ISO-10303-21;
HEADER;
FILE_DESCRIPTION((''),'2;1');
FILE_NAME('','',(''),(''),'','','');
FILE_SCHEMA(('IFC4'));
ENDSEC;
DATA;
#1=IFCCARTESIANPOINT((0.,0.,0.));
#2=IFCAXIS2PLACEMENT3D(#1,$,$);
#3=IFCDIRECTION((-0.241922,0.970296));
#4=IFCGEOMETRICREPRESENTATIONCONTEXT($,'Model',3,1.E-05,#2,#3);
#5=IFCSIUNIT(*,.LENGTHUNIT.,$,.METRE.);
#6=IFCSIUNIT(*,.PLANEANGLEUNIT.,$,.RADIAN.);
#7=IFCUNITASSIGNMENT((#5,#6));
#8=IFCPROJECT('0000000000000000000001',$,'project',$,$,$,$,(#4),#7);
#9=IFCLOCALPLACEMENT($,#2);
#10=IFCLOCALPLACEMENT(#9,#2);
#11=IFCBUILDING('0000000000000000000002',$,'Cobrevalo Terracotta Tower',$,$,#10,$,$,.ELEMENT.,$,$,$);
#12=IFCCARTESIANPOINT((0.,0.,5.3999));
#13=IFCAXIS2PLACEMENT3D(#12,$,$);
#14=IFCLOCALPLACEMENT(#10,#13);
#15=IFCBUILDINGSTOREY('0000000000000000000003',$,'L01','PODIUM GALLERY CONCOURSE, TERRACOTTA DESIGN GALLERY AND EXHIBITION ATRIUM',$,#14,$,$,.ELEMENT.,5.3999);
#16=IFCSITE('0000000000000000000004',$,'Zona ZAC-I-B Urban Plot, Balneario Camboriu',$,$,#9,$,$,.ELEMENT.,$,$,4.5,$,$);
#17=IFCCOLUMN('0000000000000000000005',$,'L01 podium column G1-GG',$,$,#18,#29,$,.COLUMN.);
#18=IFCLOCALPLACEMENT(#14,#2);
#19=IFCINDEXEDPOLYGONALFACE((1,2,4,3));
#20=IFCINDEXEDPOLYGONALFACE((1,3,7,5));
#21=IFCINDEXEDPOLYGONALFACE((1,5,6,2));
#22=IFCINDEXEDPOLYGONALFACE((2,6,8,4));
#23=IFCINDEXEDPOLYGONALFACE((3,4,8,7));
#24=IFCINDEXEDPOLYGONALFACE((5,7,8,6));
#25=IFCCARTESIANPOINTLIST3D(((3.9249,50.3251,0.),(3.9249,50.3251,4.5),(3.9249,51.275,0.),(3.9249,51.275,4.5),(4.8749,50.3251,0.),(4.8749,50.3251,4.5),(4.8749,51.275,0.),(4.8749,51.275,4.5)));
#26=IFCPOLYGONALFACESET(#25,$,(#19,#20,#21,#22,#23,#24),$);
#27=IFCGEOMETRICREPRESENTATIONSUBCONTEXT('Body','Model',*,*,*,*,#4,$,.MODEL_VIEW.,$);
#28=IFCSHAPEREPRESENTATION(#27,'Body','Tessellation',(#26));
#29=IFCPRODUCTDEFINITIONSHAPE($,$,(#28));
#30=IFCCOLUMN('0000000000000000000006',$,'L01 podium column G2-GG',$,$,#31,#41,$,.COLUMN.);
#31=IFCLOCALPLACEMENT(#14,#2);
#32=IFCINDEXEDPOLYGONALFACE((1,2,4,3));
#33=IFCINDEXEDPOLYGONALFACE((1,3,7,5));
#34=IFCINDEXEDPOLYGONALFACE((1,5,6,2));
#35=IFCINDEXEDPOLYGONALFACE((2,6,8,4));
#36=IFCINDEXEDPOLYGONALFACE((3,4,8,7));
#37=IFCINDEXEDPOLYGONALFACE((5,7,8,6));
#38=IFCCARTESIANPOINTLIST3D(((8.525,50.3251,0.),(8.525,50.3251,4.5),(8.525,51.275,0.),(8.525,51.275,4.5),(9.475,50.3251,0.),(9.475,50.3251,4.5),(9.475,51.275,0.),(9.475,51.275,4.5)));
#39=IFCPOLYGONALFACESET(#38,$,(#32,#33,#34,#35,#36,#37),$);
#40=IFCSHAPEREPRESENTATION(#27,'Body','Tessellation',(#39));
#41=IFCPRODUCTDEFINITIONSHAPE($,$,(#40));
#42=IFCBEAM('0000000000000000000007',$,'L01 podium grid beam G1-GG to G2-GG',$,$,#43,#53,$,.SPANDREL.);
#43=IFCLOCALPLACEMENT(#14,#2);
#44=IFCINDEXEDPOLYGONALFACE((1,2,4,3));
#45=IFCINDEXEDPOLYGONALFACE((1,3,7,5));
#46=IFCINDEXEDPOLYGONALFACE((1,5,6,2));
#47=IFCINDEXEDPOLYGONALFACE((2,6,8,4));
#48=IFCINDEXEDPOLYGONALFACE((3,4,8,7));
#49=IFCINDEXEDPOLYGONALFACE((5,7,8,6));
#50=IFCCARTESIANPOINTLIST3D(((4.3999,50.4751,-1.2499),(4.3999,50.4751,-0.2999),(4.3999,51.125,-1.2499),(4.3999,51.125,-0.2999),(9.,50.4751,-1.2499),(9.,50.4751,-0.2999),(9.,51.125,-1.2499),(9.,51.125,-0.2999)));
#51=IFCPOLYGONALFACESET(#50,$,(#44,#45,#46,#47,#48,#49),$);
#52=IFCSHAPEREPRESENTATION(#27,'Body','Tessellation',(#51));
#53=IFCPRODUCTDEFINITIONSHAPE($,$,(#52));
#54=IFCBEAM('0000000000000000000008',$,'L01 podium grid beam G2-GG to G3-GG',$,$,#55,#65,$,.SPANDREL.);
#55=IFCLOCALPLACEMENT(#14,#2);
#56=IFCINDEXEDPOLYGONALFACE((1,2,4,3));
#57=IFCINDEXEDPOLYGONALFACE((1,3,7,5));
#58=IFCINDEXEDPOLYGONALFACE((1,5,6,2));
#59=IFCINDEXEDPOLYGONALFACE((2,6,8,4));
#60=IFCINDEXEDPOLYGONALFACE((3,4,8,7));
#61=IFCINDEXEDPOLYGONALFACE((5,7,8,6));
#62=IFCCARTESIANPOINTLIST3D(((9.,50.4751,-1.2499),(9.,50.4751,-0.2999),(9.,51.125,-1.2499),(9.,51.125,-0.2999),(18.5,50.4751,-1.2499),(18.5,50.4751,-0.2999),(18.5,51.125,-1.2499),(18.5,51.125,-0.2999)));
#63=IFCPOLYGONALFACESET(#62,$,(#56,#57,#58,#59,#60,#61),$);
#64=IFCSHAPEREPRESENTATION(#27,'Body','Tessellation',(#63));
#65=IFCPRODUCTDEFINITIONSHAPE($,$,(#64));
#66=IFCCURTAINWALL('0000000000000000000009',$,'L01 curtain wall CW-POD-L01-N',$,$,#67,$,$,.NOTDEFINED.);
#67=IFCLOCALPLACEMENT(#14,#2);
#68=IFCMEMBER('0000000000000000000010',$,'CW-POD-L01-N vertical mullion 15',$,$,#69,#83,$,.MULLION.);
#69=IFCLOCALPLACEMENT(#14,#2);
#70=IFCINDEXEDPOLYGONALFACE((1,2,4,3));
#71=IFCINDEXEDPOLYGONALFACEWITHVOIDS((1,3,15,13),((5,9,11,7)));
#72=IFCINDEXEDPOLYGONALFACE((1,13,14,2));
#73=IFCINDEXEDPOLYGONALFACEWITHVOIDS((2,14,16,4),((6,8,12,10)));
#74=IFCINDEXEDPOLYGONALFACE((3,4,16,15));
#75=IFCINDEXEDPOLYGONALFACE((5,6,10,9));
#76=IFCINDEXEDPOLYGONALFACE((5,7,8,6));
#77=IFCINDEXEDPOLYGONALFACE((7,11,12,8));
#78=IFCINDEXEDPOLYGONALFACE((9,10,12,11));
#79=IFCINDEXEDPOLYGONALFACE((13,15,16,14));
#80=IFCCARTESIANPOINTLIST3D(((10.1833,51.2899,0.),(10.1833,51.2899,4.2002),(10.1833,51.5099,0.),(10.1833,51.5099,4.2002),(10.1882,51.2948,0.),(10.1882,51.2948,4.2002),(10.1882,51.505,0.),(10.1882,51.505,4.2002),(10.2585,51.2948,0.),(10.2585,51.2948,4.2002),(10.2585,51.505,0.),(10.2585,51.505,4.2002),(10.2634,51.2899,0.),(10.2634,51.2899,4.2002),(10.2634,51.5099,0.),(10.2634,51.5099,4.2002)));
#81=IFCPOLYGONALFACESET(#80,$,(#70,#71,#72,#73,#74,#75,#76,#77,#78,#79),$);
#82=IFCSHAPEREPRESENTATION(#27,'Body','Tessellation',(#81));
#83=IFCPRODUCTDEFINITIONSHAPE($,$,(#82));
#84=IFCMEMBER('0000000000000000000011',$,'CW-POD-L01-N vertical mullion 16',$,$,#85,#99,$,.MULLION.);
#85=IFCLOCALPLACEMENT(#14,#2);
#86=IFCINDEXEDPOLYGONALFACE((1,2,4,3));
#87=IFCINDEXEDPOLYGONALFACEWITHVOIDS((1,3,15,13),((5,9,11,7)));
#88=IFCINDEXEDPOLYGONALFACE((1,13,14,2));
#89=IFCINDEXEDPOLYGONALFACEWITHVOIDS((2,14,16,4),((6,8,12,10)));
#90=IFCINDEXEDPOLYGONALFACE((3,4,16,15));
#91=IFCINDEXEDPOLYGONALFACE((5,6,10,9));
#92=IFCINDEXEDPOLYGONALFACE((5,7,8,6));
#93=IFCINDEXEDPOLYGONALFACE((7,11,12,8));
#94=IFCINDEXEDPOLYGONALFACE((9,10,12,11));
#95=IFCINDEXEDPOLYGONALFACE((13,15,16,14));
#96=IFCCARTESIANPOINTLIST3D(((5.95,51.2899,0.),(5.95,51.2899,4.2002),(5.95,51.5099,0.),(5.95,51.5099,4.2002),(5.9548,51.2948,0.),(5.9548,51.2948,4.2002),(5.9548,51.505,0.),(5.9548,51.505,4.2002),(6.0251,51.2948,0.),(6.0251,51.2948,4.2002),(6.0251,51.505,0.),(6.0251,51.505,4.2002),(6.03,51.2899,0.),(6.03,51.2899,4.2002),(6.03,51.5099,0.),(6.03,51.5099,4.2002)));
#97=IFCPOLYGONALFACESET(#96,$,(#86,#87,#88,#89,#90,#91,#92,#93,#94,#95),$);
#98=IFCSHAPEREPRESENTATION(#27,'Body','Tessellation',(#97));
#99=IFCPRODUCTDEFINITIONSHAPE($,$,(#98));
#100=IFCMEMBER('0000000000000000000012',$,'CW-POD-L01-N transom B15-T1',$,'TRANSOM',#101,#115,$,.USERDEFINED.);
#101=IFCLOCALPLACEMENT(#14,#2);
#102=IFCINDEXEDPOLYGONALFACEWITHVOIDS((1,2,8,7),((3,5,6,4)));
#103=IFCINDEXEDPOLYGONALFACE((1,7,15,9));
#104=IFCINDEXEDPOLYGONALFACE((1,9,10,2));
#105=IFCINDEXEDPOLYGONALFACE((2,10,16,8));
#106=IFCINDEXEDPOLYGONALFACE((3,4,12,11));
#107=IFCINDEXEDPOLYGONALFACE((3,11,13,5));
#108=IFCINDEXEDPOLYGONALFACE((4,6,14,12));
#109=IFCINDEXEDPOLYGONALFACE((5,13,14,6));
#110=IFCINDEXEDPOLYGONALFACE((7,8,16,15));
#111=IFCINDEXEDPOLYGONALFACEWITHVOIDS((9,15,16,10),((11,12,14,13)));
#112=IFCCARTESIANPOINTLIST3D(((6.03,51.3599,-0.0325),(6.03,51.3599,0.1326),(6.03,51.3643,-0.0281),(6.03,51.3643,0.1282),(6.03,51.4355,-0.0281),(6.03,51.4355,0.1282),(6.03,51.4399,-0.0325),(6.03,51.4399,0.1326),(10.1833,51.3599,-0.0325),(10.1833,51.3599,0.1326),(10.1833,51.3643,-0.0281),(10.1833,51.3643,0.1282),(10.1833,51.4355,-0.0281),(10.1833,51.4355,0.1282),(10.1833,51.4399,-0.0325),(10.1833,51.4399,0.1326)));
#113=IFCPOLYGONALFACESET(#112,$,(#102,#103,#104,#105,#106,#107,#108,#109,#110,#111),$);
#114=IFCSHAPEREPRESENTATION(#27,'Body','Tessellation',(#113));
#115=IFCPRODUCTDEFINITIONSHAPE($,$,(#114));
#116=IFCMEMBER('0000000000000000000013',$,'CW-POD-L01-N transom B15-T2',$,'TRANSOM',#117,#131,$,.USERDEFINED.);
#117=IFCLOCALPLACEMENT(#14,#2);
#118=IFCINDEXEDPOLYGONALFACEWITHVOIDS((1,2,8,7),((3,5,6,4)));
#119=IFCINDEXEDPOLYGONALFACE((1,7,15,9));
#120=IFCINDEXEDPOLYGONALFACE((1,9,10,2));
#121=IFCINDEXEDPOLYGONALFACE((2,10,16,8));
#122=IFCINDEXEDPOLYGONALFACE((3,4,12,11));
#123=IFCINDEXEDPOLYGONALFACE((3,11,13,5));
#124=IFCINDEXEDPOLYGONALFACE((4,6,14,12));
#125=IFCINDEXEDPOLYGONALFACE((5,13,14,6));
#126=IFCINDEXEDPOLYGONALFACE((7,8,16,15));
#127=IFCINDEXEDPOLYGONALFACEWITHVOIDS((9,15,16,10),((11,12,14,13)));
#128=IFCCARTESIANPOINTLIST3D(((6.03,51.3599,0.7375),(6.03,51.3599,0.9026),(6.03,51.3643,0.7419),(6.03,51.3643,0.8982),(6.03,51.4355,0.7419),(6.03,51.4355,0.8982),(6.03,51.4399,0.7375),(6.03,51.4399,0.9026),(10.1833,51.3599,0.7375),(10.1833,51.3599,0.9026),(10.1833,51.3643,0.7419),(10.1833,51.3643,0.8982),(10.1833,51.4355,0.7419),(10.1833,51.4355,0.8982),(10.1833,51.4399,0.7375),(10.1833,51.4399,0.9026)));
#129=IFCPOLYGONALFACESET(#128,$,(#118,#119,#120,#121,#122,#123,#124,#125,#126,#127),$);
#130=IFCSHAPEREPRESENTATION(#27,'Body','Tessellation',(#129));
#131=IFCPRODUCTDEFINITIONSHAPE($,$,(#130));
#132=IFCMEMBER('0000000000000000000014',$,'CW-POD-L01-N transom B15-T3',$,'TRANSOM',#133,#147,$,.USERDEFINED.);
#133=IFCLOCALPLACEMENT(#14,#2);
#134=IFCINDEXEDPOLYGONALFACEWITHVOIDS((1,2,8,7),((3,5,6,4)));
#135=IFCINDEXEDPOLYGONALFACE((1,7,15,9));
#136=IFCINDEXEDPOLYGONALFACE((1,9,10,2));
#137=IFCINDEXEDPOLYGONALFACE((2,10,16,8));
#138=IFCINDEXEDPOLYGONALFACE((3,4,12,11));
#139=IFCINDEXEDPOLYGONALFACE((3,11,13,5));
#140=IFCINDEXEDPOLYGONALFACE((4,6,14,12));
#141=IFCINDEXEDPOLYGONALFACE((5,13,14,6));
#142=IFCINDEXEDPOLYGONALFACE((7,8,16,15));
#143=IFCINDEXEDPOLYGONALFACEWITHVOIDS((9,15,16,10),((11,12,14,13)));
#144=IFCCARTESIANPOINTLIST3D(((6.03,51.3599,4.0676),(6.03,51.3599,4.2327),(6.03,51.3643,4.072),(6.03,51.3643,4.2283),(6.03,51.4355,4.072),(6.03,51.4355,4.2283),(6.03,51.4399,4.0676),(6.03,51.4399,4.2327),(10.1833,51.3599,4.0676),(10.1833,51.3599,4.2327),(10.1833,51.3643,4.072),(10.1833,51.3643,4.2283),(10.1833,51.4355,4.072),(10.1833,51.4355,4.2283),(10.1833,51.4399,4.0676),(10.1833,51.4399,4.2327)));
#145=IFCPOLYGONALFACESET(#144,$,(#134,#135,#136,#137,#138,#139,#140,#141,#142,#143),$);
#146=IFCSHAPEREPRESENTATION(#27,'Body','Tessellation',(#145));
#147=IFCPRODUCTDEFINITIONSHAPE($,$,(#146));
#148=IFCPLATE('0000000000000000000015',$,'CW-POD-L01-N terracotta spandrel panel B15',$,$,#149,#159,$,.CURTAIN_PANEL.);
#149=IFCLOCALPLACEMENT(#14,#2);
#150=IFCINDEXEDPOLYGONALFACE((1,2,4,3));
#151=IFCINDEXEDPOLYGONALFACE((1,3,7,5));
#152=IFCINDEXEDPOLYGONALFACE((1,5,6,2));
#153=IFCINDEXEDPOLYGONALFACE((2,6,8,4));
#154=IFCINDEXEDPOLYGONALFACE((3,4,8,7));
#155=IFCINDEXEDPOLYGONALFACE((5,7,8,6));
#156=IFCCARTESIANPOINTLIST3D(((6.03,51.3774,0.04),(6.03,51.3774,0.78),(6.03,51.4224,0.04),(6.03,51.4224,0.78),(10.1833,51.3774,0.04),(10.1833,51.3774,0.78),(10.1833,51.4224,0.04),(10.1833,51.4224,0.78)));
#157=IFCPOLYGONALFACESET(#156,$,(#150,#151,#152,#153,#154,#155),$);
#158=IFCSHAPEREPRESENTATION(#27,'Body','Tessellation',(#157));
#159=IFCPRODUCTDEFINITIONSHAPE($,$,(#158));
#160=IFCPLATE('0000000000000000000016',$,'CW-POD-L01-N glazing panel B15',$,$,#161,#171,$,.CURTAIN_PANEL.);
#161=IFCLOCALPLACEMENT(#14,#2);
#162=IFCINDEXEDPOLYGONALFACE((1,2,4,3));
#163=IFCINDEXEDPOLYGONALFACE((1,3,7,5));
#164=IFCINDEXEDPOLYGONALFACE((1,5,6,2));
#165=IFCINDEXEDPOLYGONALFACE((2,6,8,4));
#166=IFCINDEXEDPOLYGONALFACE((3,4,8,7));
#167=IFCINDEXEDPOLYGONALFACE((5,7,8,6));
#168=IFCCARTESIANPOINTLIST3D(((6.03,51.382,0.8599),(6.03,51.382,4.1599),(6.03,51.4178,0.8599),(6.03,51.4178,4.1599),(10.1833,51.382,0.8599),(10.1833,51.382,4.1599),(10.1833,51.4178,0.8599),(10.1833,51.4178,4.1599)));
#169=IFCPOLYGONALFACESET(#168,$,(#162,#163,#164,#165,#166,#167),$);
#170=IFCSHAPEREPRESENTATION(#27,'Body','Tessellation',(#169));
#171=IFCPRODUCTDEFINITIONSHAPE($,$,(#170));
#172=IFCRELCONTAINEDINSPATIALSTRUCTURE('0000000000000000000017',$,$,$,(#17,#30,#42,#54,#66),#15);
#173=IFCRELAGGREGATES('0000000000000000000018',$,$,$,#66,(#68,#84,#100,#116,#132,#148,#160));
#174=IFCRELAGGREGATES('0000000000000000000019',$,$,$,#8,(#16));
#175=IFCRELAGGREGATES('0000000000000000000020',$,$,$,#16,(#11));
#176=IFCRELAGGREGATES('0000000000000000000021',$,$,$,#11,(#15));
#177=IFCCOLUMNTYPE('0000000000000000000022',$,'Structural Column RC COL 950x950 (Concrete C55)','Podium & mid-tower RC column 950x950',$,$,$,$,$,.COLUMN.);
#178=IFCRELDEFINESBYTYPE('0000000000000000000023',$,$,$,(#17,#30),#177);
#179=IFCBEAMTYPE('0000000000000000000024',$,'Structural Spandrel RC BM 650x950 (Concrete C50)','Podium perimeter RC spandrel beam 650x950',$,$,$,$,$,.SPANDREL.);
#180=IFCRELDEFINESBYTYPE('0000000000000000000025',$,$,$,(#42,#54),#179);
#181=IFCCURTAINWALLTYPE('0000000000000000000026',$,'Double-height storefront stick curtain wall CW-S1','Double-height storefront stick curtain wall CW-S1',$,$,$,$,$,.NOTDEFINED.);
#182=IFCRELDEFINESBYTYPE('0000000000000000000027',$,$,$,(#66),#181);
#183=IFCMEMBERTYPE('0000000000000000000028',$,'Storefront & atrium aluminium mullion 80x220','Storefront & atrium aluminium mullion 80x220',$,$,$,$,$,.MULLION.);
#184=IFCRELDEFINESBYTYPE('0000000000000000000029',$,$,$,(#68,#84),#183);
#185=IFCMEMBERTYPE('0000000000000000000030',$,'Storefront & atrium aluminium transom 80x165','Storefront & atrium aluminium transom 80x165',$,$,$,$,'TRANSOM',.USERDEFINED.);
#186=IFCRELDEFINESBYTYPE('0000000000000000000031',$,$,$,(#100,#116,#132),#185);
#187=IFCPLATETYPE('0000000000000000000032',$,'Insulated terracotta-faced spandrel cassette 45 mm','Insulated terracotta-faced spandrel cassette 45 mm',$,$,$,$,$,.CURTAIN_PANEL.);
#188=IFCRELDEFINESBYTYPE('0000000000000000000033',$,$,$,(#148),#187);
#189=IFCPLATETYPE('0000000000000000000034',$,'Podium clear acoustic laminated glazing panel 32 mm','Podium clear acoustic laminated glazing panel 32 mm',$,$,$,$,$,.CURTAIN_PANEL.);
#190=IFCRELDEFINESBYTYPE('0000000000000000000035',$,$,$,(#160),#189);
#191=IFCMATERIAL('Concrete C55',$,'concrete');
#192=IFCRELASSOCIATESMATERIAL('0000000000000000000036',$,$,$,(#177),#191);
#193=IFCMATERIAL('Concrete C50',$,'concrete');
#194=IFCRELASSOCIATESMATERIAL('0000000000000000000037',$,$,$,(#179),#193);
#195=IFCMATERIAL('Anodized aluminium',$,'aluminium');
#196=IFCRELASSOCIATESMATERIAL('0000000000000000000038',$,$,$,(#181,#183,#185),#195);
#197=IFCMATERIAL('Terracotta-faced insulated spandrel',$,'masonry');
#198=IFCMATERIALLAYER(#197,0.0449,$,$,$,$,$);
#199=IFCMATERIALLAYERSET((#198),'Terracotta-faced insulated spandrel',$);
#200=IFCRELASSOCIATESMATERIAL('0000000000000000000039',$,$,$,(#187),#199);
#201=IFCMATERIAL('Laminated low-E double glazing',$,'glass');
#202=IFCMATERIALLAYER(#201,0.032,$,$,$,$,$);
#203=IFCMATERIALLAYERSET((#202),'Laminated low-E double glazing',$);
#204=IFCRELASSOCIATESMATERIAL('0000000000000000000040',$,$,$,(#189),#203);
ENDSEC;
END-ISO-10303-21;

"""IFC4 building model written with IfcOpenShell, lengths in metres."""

from ifc_helpers import new_model, si_unit, direction, frame, origin, origin_2d, place, context, subcontext, project, spatial, rectangle, hollow_rectangle, extrude, source, transform, mapped, material, layer, layer_set, material_profile, profile_set, type_object, element, aggregate, save


model = new_model("IFC4")

# Units and contexts
model_context = context("Model", 3, precision=1e-05, world=origin(), true_north=direction((-0.241922, 0.970296)))
body_context = subcontext(model_context, "Body", "Model", "MODEL_VIEW")
ifc_project = project(units=[si_unit("LENGTHUNIT", "METRE"), si_unit("PLANEANGLEUNIT", "RADIAN")], contexts=[model_context])

# Site, building, storey
site_placement = place(None, origin())
site = spatial("IfcSite", under=ifc_project, at=site_placement, Name="Zona ZAC-I-B Urban Plot, Balneario Camboriu", CompositionType="ELEMENT", RefElevation=4.5)
building_placement = place(site_placement, origin())
building = spatial("IfcBuilding", under=site, at=building_placement, Name="Cobrevalo Terracotta Tower", CompositionType="ELEMENT")
storey_placement = place(building_placement, frame((0.0, 0.0, 5.3999)))
storey = spatial("IfcBuildingStorey", under=building, at=storey_placement, Name="L01", Description="PODIUM GALLERY CONCOURSE, TERRACOTTA DESIGN GALLERY AND EXHIBITION ATRIUM", CompositionType="ELEMENT", Elevation=5.3999)

# Columns
ifc_material_1 = material(Name="Concrete C55", Category="concrete")
ifc_material_profile_1 = material_profile(ifc_material_1, rectangle(XDim=0.95, YDim=0.95, at=origin_2d()), Name="RC COL 950x950")
ifc_profile_set_1 = profile_set([ifc_material_profile_1], Name="Concrete C55")
column_type = type_object("IfcColumnType", Name="Structural Column RC COL 950x950 (Concrete C55)", Description="Podium & mid-tower RC column 950x950", PredefinedType="COLUMN", material=ifc_profile_set_1)
for number, where, z_axis, x_axis, name in (
    (1, (4.3999, 50.8, 0.0), (0.0, 0.0, 1.0), (1.0, 0.0, 0.0), "L01 podium column G1-GG"),
    (2, (9.0, 50.8, 0.0), (0.0, 0.0, 1.0), (1.0, 0.0, 0.0), "L01 podium column G2-GG"),
):
    element("IfcColumn", number, at=place(storey_placement, frame(where, z_axis=z_axis, x_axis=x_axis)), inside=storey, type_object=column_type, Name=name, PredefinedType="COLUMN", context=body_context, shape_type="SweptSolid", body=[
        extrude(rectangle(XDim=0.95, YDim=0.95, at=origin_2d()), origin(), (0.0, 0.0, 1.0), 4.5),
    ])

# Beams
ifc_material_2 = material(Name="Concrete C50", Category="concrete")
ifc_material_profile_2 = material_profile(ifc_material_2, rectangle(XDim=0.6499, YDim=0.95, at=origin_2d()), Name="RC BM 650x950")
ifc_profile_set_2 = profile_set([ifc_material_profile_2], Name="Concrete C50")
beam_type = type_object("IfcBeamType", Name="Structural Spandrel RC BM 650x950 (Concrete C50)", Description="Podium perimeter RC spandrel beam 650x950", PredefinedType="SPANDREL", material=ifc_profile_set_2)
beam_1_placement = place(storey_placement, frame((4.3999, 50.8, -0.7749), z_axis=(1.0, 0.0, 0.0), x_axis=(0.0, 1.0, 0.0)))
element("IfcBeam", 3, at=beam_1_placement, inside=storey, type_object=beam_type, Name="L01 podium grid beam G1-GG to G2-GG", PredefinedType="SPANDREL", context=body_context, shape_type="SweptSolid", body=[
    extrude(rectangle(XDim=0.6499, YDim=0.95, at=origin_2d()), origin(), (0.0, 0.0, 1.0), 4.6001),
])
beam_2_placement = place(storey_placement, frame((9.0, 50.8, -0.7749), z_axis=(1.0, 0.0, 0.0), x_axis=(0.0, 1.0, 0.0)))
element("IfcBeam", 4, at=beam_2_placement, inside=storey, type_object=beam_type, Name="L01 podium grid beam G2-GG to G3-GG", PredefinedType="SPANDREL", context=body_context, shape_type="SweptSolid", body=[
    extrude(rectangle(XDim=0.6499, YDim=0.95, at=origin_2d()), origin(), (0.0, 0.0, 1.0), 9.5),
])

# Curtain wall, members, plates
ifc_material_3 = material(Name="Anodized aluminium", Category="aluminium")
curtain_wall_type = type_object("IfcCurtainWallType", Name="Double-height storefront stick curtain wall CW-S1", Description="Double-height storefront stick curtain wall CW-S1", PredefinedType="NOTDEFINED", material=ifc_material_3)
curtain_wall_placement = place(storey_placement, origin())
curtain_wall = element("IfcCurtainWall", 5, at=curtain_wall_placement, inside=storey, type_object=curtain_wall_type, Name="L01 curtain wall CW-POD-L01-N", PredefinedType="NOTDEFINED")
ifc_material_profile_3 = material_profile(ifc_material_3, hollow_rectangle(XDim=0.0801, YDim=0.22, WallThickness=0.0049, at=origin_2d()), Name="CWM 80x220")
ifc_profile_set_3 = profile_set([ifc_material_profile_3], Name="Anodized aluminium")
member_type_1 = type_object("IfcMemberType", Name="Storefront & atrium aluminium mullion 80x220", Description="Storefront & atrium aluminium mullion 80x220", PredefinedType="MULLION", material=ifc_profile_set_3)
shared_shape_1 = source(origin(), body_context, "Body", "SweptSolid", [
    extrude(hollow_rectangle(XDim=0.0801, YDim=0.22, WallThickness=0.0049, at=origin_2d()), origin(), (0.0, 0.0, 1.0), 4.2002),
])
member_1_placement = place(storey_placement, frame((10.2234, 51.3999, 0.0), z_axis=(0.0, 0.0, 1.0), x_axis=(-1.0, 0.0, 0.0)))
member_1 = element("IfcMember", 6, at=member_1_placement, type_object=member_type_1, Name="CW-POD-L01-N vertical mullion 15", PredefinedType="MULLION", context=body_context, shape_type="MappedRepresentation", body=[
    mapped(shared_shape_1, transform((0.0, 0.0, 0.0), scale=1.0)),
])
member_2_placement = place(storey_placement, frame((5.99, 51.3999, 0.0), z_axis=(0.0, 0.0, 1.0), x_axis=(-1.0, 0.0, 0.0)))
member_2 = element("IfcMember", 7, at=member_2_placement, type_object=member_type_1, Name="CW-POD-L01-N vertical mullion 16", PredefinedType="MULLION", context=body_context, shape_type="MappedRepresentation", body=[
    mapped(shared_shape_1, transform((0.0, 0.0, 0.0), scale=1.0)),
])
ifc_material_profile_4 = material_profile(ifc_material_3, hollow_rectangle(XDim=0.0801, YDim=0.165, WallThickness=0.0044, at=origin_2d()), Name="CWT 80x165")
ifc_profile_set_4 = profile_set([ifc_material_profile_4], Name="Anodized aluminium")
member_type_2 = type_object("IfcMemberType", Name="Storefront & atrium aluminium transom 80x165", Description="Storefront & atrium aluminium transom 80x165", ElementType="TRANSOM", PredefinedType="USERDEFINED", material=ifc_profile_set_4)
shared_shape_2 = source(origin(), body_context, "Body", "SweptSolid", [
    extrude(hollow_rectangle(XDim=0.0801, YDim=0.165, WallThickness=0.0044, at=origin_2d()), origin(), (0.0, 0.0, 1.0), 4.1533),
])
member_3_placement = place(storey_placement, frame((10.1833, 51.3999, 0.05), z_axis=(-1.0, 0.0, 0.0), x_axis=(0.0, -1.0, 0.0)))
member_3 = element("IfcMember", 8, at=member_3_placement, type_object=member_type_2, Name="CW-POD-L01-N transom B15-T1", ObjectType="TRANSOM", PredefinedType="USERDEFINED", context=body_context, shape_type="MappedRepresentation", body=[
    mapped(shared_shape_2, transform((0.0, 0.0, 0.0), scale=1.0)),
])
member_4_placement = place(storey_placement, frame((10.1833, 51.3999, 0.8201), z_axis=(-1.0, 0.0, 0.0), x_axis=(0.0, -1.0, 0.0)))
member_4 = element("IfcMember", 9, at=member_4_placement, type_object=member_type_2, Name="CW-POD-L01-N transom B15-T2", ObjectType="TRANSOM", PredefinedType="USERDEFINED", context=body_context, shape_type="MappedRepresentation", body=[
    mapped(shared_shape_2, transform((0.0, 0.0, 0.0), scale=1.0)),
])
member_5_placement = place(storey_placement, frame((10.1833, 51.3999, 4.1501), z_axis=(-1.0, 0.0, 0.0), x_axis=(0.0, -1.0, 0.0)))
member_5 = element("IfcMember", 10, at=member_5_placement, type_object=member_type_2, Name="CW-POD-L01-N transom B15-T3", ObjectType="TRANSOM", PredefinedType="USERDEFINED", context=body_context, shape_type="MappedRepresentation", body=[
    mapped(shared_shape_2, transform((0.0, 0.0, 0.0), scale=1.0)),
])
ifc_material_4 = material(Name="Terracotta-faced insulated spandrel", Category="masonry")
ifc_layer_1 = layer(ifc_material_4, 0.0449)
ifc_layer_set_1 = layer_set([ifc_layer_1], Name="Terracotta-faced insulated spandrel")
plate_type_1 = type_object("IfcPlateType", Name="Insulated terracotta-faced spandrel cassette 45 mm", Description="Insulated terracotta-faced spandrel cassette 45 mm", PredefinedType="CURTAIN_PANEL", material=ifc_layer_set_1)
shared_shape_3 = source(origin(), body_context, "Body", "SweptSolid", [
    extrude(rectangle(XDim=4.1533, YDim=0.0449, at=origin_2d()), origin(), (0.0, 0.0, 1.0), 0.74),
])
plate_1_placement = place(storey_placement, frame((8.1067, 51.3999, 0.04), z_axis=(0.0, 0.0, 1.0), x_axis=(-1.0, 0.0, 0.0)))
plate_1 = element("IfcPlate", 11, at=plate_1_placement, type_object=plate_type_1, Name="CW-POD-L01-N terracotta spandrel panel B15", PredefinedType="CURTAIN_PANEL", context=body_context, shape_type="MappedRepresentation", body=[
    mapped(shared_shape_3, transform((0.0, 0.0, 0.0), scale=1.0)),
])
ifc_material_5 = material(Name="Laminated low-E double glazing", Category="glass")
ifc_layer_2 = layer(ifc_material_5, 0.032)
ifc_layer_set_2 = layer_set([ifc_layer_2], Name="Laminated low-E double glazing")
plate_type_2 = type_object("IfcPlateType", Name="Podium clear acoustic laminated glazing panel 32 mm", Description="Podium clear acoustic laminated glazing panel 32 mm", PredefinedType="CURTAIN_PANEL", material=ifc_layer_set_2)
shared_shape_4 = source(origin(), body_context, "Body", "SweptSolid", [
    extrude(rectangle(XDim=4.1533, YDim=0.0359, at=origin_2d()), origin(), (0.0, 0.0, 1.0), 3.3),
])
plate_2_placement = place(storey_placement, frame((8.1067, 51.3999, 0.8599), z_axis=(0.0, 0.0, 1.0), x_axis=(-1.0, 0.0, 0.0)))
plate_2 = element("IfcPlate", 12, at=plate_2_placement, type_object=plate_type_2, Name="CW-POD-L01-N glazing panel B15", PredefinedType="CURTAIN_PANEL", context=body_context, shape_type="MappedRepresentation", body=[
    mapped(shared_shape_4, transform((0.0, 0.0, 0.0), scale=1.0)),
])
aggregate(curtain_wall, [member_1, member_2, member_3, member_4, member_5, plate_1, plate_2])

save(model, "model.ifc")
